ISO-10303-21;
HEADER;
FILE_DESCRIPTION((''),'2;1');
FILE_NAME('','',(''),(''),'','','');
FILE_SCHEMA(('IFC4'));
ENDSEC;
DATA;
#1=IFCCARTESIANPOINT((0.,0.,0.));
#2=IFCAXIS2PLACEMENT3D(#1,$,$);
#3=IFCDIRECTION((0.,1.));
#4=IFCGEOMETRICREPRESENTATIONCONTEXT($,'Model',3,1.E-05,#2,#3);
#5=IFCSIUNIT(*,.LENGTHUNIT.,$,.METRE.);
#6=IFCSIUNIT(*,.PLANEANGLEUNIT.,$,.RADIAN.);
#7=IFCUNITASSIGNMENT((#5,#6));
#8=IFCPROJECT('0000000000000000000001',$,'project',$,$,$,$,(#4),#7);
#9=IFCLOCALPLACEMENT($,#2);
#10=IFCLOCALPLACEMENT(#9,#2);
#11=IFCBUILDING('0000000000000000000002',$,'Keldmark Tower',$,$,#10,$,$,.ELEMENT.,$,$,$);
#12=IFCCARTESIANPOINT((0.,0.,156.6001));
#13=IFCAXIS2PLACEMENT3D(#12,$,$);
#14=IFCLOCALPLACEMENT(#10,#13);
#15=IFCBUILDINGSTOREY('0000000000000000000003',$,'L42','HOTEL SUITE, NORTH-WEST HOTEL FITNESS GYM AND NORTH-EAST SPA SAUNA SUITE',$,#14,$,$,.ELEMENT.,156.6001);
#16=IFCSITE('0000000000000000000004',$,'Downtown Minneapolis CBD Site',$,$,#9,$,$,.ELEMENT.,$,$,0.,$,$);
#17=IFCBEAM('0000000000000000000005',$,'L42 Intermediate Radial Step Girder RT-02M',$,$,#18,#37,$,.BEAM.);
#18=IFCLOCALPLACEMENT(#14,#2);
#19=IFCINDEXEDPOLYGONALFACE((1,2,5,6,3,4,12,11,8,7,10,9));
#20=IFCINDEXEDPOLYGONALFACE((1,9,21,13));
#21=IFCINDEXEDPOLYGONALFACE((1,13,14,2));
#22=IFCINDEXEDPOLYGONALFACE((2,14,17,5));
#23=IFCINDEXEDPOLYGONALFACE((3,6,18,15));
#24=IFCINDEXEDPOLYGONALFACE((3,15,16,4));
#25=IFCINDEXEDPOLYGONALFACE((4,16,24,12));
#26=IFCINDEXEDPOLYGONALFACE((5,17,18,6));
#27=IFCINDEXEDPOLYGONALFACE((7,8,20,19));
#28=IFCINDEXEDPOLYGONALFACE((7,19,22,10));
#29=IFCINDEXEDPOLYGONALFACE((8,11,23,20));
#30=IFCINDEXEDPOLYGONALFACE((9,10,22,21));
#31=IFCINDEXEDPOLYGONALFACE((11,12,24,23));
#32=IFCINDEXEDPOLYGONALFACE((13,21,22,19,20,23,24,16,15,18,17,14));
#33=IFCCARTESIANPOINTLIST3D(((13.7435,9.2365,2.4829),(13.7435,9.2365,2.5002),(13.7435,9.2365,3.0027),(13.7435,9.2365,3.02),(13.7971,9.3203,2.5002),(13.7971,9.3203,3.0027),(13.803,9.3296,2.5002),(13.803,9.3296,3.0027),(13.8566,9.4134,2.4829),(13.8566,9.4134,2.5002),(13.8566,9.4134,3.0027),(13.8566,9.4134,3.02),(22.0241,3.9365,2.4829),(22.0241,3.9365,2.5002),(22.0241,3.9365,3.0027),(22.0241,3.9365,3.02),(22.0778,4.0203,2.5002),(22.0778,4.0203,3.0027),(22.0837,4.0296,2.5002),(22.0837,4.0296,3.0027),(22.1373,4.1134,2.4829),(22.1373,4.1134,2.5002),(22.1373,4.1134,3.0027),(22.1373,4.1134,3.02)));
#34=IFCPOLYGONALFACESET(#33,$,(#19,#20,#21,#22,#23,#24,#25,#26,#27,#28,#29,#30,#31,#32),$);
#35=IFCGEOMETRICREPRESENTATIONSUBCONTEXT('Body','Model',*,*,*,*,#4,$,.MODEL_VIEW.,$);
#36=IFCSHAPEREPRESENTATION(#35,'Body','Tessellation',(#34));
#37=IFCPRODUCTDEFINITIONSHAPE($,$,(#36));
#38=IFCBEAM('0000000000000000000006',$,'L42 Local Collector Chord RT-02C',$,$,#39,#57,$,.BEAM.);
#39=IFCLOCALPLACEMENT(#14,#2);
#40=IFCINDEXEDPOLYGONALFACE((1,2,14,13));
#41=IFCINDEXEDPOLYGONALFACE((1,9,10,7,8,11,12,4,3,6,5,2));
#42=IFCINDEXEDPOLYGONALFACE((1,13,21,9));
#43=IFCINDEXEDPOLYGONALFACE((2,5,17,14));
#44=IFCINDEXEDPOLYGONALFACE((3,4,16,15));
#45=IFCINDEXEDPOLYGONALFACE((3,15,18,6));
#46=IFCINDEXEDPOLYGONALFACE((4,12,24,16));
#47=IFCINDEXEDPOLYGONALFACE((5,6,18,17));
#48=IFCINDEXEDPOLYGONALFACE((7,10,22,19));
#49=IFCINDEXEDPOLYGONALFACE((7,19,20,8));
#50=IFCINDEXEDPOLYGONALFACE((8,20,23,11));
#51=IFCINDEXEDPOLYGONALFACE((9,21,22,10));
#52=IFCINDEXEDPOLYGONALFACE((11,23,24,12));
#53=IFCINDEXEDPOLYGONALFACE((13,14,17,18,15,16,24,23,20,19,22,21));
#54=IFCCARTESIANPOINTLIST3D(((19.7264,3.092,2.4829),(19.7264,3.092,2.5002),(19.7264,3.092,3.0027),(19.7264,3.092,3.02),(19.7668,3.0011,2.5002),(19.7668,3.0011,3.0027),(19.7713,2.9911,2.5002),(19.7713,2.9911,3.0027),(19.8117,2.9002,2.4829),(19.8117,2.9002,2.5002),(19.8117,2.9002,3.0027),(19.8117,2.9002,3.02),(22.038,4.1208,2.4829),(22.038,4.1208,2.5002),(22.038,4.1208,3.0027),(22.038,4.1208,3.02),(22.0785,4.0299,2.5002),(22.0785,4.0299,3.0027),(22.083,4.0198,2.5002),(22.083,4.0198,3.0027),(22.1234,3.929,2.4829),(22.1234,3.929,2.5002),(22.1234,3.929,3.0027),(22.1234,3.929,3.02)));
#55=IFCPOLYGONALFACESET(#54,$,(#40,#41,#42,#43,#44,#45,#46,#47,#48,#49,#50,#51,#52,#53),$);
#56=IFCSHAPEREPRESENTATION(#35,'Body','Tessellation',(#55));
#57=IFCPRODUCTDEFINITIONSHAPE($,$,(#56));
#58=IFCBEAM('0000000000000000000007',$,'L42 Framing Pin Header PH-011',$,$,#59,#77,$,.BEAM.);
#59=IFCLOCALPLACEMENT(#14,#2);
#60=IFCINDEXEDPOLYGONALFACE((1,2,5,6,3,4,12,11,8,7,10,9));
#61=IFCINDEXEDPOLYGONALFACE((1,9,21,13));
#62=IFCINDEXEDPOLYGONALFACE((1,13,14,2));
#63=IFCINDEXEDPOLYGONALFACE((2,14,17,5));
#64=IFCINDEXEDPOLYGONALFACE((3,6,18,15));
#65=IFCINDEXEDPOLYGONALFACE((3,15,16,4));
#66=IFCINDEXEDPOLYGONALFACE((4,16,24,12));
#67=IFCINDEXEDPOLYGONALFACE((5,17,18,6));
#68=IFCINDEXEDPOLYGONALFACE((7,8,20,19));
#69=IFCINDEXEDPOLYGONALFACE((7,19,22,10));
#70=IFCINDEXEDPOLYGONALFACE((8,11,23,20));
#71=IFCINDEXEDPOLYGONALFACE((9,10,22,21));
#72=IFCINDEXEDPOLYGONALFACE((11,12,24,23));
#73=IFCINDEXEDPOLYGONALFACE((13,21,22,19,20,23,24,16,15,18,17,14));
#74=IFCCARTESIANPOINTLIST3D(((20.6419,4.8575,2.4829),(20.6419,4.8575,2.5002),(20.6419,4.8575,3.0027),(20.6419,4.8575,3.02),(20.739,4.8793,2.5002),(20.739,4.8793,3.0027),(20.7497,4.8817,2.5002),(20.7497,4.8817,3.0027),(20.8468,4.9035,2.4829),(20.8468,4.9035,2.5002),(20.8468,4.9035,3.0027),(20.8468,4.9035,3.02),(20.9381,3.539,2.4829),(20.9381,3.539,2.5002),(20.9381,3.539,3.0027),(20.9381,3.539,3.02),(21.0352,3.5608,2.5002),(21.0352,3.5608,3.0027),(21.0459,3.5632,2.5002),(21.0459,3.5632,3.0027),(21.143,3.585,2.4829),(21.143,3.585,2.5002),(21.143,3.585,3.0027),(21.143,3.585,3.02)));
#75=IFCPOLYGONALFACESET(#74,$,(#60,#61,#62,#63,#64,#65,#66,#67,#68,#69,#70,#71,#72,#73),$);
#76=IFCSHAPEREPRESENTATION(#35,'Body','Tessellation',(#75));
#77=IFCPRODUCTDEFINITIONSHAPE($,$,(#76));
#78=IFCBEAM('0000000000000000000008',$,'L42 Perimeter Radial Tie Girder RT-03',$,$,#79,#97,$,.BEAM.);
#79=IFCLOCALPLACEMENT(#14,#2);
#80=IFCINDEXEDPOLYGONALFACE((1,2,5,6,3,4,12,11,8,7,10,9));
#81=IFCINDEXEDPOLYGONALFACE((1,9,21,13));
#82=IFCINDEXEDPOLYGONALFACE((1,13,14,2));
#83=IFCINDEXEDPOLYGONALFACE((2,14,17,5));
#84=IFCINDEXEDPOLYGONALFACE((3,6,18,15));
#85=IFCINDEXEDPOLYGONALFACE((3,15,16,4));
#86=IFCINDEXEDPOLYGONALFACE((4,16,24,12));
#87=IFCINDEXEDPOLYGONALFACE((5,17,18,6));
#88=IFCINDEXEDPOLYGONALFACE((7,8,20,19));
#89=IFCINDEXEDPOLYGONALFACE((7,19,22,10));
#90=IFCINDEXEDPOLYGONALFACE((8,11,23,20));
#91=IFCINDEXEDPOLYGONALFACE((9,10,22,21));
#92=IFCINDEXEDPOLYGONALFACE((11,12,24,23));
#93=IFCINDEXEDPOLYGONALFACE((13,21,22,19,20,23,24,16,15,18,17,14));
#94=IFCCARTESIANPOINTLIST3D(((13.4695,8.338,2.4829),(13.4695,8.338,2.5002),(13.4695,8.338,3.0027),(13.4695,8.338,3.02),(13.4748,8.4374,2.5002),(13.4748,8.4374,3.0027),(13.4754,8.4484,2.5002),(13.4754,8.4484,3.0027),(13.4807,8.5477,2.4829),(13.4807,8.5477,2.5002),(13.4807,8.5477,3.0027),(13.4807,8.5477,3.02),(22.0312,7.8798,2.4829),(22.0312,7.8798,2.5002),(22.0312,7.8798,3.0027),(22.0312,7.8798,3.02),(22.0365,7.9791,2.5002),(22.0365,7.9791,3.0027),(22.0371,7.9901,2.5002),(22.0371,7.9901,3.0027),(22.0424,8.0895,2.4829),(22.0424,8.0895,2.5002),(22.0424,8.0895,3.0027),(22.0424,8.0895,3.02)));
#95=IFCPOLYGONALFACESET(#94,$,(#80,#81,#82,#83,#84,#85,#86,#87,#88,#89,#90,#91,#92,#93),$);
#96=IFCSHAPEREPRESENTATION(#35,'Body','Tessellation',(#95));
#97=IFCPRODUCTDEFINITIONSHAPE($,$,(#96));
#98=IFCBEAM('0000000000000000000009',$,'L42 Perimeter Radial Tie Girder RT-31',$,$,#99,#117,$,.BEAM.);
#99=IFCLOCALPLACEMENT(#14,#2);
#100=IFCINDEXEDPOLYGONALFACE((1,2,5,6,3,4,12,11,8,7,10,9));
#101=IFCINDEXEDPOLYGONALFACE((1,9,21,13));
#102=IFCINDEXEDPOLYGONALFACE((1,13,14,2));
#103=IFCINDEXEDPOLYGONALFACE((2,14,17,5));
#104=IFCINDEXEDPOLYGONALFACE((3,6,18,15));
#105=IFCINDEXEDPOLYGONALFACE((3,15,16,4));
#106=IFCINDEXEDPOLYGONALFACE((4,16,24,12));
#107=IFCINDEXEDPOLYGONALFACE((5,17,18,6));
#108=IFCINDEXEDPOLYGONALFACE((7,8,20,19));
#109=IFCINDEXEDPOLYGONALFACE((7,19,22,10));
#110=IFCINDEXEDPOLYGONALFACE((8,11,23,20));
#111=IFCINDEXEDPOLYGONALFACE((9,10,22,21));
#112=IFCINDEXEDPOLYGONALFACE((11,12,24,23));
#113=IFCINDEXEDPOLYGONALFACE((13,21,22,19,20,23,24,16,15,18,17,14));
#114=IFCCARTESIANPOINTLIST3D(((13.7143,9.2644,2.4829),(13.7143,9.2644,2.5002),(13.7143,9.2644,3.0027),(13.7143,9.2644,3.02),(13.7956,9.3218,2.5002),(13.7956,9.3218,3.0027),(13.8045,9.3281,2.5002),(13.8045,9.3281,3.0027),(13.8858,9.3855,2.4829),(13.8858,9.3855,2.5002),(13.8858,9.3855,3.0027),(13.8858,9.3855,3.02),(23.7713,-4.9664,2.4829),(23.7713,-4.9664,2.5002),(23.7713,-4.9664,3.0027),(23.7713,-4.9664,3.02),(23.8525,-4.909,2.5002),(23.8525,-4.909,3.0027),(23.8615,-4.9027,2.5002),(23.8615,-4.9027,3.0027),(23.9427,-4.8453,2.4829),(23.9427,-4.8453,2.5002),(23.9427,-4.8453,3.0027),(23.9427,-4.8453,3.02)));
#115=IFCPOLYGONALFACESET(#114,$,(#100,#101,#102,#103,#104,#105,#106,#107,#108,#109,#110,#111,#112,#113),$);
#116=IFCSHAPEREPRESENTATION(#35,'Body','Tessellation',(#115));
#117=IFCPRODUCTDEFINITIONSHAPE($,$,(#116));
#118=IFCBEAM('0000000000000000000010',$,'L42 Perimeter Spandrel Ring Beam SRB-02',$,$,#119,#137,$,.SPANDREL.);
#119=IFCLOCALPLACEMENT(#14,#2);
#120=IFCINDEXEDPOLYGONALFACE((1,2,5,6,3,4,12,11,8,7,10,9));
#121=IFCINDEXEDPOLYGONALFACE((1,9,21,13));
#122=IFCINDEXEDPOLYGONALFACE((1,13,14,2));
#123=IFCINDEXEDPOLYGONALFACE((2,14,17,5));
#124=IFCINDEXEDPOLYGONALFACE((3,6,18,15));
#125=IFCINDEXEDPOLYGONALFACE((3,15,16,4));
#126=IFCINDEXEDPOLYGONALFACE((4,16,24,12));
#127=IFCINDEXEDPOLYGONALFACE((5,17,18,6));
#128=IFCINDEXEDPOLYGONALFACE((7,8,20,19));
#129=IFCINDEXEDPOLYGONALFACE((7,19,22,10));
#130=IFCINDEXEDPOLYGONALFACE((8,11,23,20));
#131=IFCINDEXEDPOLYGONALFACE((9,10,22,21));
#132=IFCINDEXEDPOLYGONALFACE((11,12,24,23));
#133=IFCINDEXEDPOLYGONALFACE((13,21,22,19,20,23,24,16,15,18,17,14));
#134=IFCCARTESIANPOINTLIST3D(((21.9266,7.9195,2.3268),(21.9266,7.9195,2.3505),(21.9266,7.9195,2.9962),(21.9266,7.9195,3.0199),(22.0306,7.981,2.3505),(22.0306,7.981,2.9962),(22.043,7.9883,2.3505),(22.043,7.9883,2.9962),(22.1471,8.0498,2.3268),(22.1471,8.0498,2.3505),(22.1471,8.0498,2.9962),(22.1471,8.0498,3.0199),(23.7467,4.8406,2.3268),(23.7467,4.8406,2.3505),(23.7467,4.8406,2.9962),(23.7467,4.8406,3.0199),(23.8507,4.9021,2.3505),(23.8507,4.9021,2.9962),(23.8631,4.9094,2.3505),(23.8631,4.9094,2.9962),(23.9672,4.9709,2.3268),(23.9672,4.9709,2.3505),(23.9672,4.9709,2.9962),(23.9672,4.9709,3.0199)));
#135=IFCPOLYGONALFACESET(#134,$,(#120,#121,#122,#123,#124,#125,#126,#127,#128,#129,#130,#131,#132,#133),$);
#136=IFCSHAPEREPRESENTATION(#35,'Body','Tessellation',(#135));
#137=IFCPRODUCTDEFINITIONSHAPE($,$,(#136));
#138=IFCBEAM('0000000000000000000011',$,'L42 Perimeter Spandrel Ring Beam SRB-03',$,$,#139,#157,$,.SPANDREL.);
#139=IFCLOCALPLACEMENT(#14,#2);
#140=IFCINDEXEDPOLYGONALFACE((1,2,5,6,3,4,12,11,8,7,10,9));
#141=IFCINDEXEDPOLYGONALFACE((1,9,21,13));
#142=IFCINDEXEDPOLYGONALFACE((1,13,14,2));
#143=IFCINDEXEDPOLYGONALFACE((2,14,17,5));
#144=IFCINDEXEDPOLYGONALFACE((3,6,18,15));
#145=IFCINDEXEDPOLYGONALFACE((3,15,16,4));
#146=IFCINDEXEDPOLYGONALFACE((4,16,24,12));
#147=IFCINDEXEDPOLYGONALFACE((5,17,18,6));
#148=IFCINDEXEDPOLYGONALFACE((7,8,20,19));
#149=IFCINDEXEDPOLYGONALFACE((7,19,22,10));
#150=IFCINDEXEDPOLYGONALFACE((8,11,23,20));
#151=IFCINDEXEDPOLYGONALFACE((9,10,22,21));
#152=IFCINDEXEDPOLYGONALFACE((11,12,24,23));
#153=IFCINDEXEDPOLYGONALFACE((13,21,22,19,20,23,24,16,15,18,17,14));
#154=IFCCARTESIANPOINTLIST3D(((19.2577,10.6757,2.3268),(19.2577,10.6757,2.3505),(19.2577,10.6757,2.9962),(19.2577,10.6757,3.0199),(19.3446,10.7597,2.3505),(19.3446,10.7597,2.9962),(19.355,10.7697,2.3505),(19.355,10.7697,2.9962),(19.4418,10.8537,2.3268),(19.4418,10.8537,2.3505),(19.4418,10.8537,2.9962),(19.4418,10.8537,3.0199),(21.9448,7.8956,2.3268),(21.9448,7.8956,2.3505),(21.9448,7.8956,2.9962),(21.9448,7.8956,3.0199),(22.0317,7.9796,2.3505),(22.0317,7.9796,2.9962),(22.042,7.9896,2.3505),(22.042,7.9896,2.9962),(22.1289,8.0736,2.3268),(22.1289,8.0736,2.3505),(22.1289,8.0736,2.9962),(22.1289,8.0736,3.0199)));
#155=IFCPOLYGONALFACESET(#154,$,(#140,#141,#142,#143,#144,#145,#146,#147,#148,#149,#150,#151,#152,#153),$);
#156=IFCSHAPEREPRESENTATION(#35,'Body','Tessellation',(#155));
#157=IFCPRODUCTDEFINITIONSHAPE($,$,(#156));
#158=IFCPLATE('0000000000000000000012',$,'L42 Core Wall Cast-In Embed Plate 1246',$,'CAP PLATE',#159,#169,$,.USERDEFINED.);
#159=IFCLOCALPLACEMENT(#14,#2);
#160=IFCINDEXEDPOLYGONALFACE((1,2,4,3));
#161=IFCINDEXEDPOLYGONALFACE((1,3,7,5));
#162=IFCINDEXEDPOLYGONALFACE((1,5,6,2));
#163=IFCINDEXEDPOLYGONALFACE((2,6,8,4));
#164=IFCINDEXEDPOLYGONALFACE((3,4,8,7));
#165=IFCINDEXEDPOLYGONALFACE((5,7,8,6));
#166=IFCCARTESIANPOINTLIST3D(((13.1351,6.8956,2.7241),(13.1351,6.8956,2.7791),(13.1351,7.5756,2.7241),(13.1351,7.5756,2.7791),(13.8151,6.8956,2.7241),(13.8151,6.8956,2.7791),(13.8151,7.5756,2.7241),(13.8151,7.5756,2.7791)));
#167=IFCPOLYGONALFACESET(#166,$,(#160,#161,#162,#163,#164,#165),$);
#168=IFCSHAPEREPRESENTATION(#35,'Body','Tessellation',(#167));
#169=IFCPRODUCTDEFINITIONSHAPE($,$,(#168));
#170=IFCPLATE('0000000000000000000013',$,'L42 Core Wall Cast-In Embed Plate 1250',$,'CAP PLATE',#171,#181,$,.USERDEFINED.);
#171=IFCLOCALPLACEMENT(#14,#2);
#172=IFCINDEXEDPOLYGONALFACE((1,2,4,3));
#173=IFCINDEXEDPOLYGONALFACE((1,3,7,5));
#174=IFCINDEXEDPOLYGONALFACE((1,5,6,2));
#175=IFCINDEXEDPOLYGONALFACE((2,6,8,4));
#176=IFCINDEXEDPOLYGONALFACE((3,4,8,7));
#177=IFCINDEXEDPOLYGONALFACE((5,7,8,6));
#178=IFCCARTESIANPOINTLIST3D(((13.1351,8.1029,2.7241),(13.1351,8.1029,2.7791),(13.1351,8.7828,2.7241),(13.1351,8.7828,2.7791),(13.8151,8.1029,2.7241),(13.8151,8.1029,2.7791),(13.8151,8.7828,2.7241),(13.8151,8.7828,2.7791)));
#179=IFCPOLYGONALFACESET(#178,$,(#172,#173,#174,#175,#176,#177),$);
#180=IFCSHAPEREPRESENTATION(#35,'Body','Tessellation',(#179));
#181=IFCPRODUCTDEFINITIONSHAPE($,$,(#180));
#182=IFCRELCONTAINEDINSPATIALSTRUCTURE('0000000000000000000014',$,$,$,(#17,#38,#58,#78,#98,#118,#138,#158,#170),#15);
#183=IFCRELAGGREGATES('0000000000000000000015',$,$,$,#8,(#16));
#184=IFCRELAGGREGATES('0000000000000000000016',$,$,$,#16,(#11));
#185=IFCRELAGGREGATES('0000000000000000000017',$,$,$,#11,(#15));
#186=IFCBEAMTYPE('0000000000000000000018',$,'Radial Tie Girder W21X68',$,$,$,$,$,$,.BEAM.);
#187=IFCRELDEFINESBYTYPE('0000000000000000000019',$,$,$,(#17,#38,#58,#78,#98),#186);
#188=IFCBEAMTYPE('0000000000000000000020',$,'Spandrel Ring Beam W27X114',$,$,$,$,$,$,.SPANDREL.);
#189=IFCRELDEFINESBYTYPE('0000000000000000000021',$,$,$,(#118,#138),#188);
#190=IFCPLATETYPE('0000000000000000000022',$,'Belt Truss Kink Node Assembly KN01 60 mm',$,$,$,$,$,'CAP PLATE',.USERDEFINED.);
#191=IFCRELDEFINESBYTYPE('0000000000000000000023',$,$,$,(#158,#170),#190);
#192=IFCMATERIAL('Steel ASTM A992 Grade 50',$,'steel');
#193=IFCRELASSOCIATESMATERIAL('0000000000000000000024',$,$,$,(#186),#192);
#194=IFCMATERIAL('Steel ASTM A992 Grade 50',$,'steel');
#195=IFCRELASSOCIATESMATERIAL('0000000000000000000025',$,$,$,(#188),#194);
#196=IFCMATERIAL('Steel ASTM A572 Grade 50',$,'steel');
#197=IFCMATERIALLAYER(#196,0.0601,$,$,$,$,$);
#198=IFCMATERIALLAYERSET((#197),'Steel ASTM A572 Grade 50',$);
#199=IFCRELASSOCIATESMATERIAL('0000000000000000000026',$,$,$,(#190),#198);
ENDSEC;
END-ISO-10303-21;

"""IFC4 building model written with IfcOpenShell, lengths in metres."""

from ifc_helpers import new_model, si_unit, direction, frame, origin, origin_2d, place, context, subcontext, project, spatial, rectangle, i_section, extrude, material, layer, layer_set, material_profile, profile_set, type_object, element, save


model = new_model("IFC4")

# Units and contexts
model_context = context("Model", 3, precision=1e-05, world=origin(), true_north=direction((0.0, 1.0)))
body_context = subcontext(model_context, "Body", "Model", "MODEL_VIEW")
ifc_project = project(units=[si_unit("LENGTHUNIT", "METRE"), si_unit("PLANEANGLEUNIT", "RADIAN")], contexts=[model_context])

# Site, building, storey
site_placement = place(None, origin())
site = spatial("IfcSite", under=ifc_project, at=site_placement, Name="Downtown Minneapolis CBD Site", CompositionType="ELEMENT", RefElevation=0.0)
building_placement = place(site_placement, origin())
building = spatial("IfcBuilding", under=site, at=building_placement, Name="Keldmark Tower", CompositionType="ELEMENT")
storey_placement = place(building_placement, frame((0.0, 0.0, 156.6001)))
storey = spatial("IfcBuildingStorey", under=building, at=storey_placement, Name="L42", Description="HOTEL SUITE, NORTH-WEST HOTEL FITNESS GYM AND NORTH-EAST SPA SAUNA SUITE", CompositionType="ELEMENT", Elevation=156.6001)

# Beams
ifc_material_1 = material(Name="Steel ASTM A992 Grade 50", Category="steel")
ifc_material_profile_1 = material_profile(ifc_material_1, i_section(OverallWidth=0.21, OverallDepth=0.5371, WebThickness=0.011, FlangeThickness=0.0173, at=origin_2d()), Name="W21X68")
ifc_profile_set_1 = profile_set([ifc_material_profile_1], Name="Steel ASTM A992 Grade 50")
beam_type_1 = type_object("IfcBeamType", Name="Radial Tie Girder W21X68", PredefinedType="BEAM", material=ifc_profile_set_1)
beam_1_placement = place(storey_placement, frame((13.8, 9.325, 2.7515), z_axis=(0.842255, -0.53908, 0.0), x_axis=(0.53908, 0.842255, 0.0)))
element("IfcBeam", 1, at=beam_1_placement, inside=storey, type_object=beam_type_1, Name="L42 Intermediate Radial Step Girder RT-02M", PredefinedType="BEAM", context=body_context, shape_type="SweptSolid", body=[
    extrude(i_section(OverallWidth=0.21, OverallDepth=0.5371, WebThickness=0.011, FlangeThickness=0.0173, at=origin_2d()), origin(), (0.0, 0.0, 1.0), 9.8315),
])
beam_2_placement = place(storey_placement, frame((19.769, 2.9961, 2.7515), z_axis=(0.913613, 0.406586, 0.0), x_axis=(-0.406586, 0.913613, 0.0)))
element("IfcBeam", 2, at=beam_2_placement, inside=storey, type_object=beam_type_1, Name="L42 Local Collector Chord RT-02C", PredefinedType="BEAM", context=body_context, shape_type="SweptSolid", body=[
    extrude(i_section(OverallWidth=0.21, OverallDepth=0.5371, WebThickness=0.011, FlangeThickness=0.0173, at=origin_2d()), origin(), (0.0, 0.0, 1.0), 2.5303),
])
beam_3_placement = place(storey_placement, frame((21.0405, 3.562, 2.7515), z_axis=(-0.219168, 0.975687, 0.0), x_axis=(-0.975687, -0.219168, 0.0)))
element("IfcBeam", 3, at=beam_3_placement, inside=storey, type_object=beam_type_1, Name="L42 Framing Pin Header PH-011", PredefinedType="BEAM", context=body_context, shape_type="SweptSolid", body=[
    extrude(i_section(OverallWidth=0.21, OverallDepth=0.5371, WebThickness=0.011, FlangeThickness=0.0173, at=origin_2d()), origin(), (0.0, 0.0, 1.0), 1.3513),
])
beam_4_placement = place(storey_placement, frame((13.4751, 8.4429, 2.7515), z_axis=(0.998571, -0.053447, 0.0), x_axis=(0.053447, 0.998571, 0.0)))
element("IfcBeam", 4, at=beam_4_placement, inside=storey, type_object=beam_type_1, Name="L42 Perimeter Radial Tie Girder RT-03", PredefinedType="BEAM", context=body_context, shape_type="SweptSolid", body=[
    extrude(i_section(OverallWidth=0.21, OverallDepth=0.5371, WebThickness=0.011, FlangeThickness=0.0173, at=origin_2d()), origin(), (0.0, 0.0, 1.0), 8.574),
])
beam_5_placement = place(storey_placement, frame((13.8, 9.325, 2.7515), z_axis=(0.57713, -0.816652, 0.0), x_axis=(0.816652, 0.57713, 0.0)))
element("IfcBeam", 5, at=beam_5_placement, inside=storey, type_object=beam_type_1, Name="L42 Perimeter Radial Tie Girder RT-31", PredefinedType="BEAM", context=body_context, shape_type="SweptSolid", body=[
    extrude(i_section(OverallWidth=0.21, OverallDepth=0.5371, WebThickness=0.011, FlangeThickness=0.0173, at=origin_2d()), origin(), (0.0, 0.0, 1.0), 17.4258),
])
ifc_material_2 = material(Name="Steel ASTM A992 Grade 50", Category="steel")
ifc_material_profile_2 = material_profile(ifc_material_2, i_section(OverallWidth=0.2561, OverallDepth=0.6931, WebThickness=0.0144, FlangeThickness=0.0237, at=origin_2d()), Name="W27X114")
ifc_profile_set_2 = profile_set([ifc_material_profile_2], Name="Steel ASTM A992 Grade 50")
beam_type_2 = type_object("IfcBeamType", Name="Spandrel Ring Beam W27X114", PredefinedType="SPANDREL", material=ifc_profile_set_2)
beam_6_placement = place(storey_placement, frame((23.8569, 4.9058, 2.6733), z_axis=(-0.508883, 0.860835, 0.0), x_axis=(-0.860835, -0.508883, 0.0)))
element("IfcBeam", 6, at=beam_6_placement, inside=storey, type_object=beam_type_2, Name="L42 Perimeter Spandrel Ring Beam SRB-02", PredefinedType="SPANDREL", context=body_context, shape_type="SweptSolid", body=[
    extrude(i_section(OverallWidth=0.2561, OverallDepth=0.6931, WebThickness=0.0144, FlangeThickness=0.0237, at=origin_2d()), origin(), (0.0, 0.0, 1.0), 3.5767),
])
beam_7_placement = place(storey_placement, frame((22.0369, 7.9846, 2.6733), z_axis=(-0.694975, 0.719034, 0.0), x_axis=(-0.719034, -0.694975, 0.0)))
element("IfcBeam", 7, at=beam_7_placement, inside=storey, type_object=beam_type_2, Name="L42 Perimeter Spandrel Ring Beam SRB-03", PredefinedType="SPANDREL", context=body_context, shape_type="SweptSolid", body=[
    extrude(i_section(OverallWidth=0.2561, OverallDepth=0.6931, WebThickness=0.0144, FlangeThickness=0.0237, at=origin_2d()), origin(), (0.0, 0.0, 1.0), 3.8665),
])

# Plates
ifc_material_3 = material(Name="Steel ASTM A572 Grade 50", Category="steel")
ifc_layer_1 = layer(ifc_material_3, 0.0601)
ifc_layer_set_1 = layer_set([ifc_layer_1], Name="Steel ASTM A572 Grade 50")
plate_type_1 = type_object("IfcPlateType", Name="Belt Truss Kink Node Assembly KN01 60 mm", ElementType="CAP PLATE", PredefinedType="USERDEFINED", material=ifc_layer_set_1)
for number, where, z_axis, x_axis, name in (
    (8, (13.4751, 7.2356, 2.7241), (0.0, 0.0, 1.0), (1.0, 0.0, 0.0), "L42 Core Wall Cast-In Embed Plate 1246"),
    (9, (13.4751, 8.4429, 2.7241), (0.0, 0.0, 1.0), (1.0, 0.0, 0.0), "L42 Core Wall Cast-In Embed Plate 1250"),
):
    element("IfcPlate", number, at=place(storey_placement, frame(where, z_axis=z_axis, x_axis=x_axis)), inside=storey, type_object=plate_type_1, Name=name, ObjectType="CAP PLATE", PredefinedType="USERDEFINED", context=body_context, shape_type="SweptSolid", body=[
        extrude(rectangle(XDim=0.6799, YDim=0.6799, at=origin_2d()), origin(), (0.0, 0.0, 1.0), 0.0549),
    ])

save(model, "model.ifc")
